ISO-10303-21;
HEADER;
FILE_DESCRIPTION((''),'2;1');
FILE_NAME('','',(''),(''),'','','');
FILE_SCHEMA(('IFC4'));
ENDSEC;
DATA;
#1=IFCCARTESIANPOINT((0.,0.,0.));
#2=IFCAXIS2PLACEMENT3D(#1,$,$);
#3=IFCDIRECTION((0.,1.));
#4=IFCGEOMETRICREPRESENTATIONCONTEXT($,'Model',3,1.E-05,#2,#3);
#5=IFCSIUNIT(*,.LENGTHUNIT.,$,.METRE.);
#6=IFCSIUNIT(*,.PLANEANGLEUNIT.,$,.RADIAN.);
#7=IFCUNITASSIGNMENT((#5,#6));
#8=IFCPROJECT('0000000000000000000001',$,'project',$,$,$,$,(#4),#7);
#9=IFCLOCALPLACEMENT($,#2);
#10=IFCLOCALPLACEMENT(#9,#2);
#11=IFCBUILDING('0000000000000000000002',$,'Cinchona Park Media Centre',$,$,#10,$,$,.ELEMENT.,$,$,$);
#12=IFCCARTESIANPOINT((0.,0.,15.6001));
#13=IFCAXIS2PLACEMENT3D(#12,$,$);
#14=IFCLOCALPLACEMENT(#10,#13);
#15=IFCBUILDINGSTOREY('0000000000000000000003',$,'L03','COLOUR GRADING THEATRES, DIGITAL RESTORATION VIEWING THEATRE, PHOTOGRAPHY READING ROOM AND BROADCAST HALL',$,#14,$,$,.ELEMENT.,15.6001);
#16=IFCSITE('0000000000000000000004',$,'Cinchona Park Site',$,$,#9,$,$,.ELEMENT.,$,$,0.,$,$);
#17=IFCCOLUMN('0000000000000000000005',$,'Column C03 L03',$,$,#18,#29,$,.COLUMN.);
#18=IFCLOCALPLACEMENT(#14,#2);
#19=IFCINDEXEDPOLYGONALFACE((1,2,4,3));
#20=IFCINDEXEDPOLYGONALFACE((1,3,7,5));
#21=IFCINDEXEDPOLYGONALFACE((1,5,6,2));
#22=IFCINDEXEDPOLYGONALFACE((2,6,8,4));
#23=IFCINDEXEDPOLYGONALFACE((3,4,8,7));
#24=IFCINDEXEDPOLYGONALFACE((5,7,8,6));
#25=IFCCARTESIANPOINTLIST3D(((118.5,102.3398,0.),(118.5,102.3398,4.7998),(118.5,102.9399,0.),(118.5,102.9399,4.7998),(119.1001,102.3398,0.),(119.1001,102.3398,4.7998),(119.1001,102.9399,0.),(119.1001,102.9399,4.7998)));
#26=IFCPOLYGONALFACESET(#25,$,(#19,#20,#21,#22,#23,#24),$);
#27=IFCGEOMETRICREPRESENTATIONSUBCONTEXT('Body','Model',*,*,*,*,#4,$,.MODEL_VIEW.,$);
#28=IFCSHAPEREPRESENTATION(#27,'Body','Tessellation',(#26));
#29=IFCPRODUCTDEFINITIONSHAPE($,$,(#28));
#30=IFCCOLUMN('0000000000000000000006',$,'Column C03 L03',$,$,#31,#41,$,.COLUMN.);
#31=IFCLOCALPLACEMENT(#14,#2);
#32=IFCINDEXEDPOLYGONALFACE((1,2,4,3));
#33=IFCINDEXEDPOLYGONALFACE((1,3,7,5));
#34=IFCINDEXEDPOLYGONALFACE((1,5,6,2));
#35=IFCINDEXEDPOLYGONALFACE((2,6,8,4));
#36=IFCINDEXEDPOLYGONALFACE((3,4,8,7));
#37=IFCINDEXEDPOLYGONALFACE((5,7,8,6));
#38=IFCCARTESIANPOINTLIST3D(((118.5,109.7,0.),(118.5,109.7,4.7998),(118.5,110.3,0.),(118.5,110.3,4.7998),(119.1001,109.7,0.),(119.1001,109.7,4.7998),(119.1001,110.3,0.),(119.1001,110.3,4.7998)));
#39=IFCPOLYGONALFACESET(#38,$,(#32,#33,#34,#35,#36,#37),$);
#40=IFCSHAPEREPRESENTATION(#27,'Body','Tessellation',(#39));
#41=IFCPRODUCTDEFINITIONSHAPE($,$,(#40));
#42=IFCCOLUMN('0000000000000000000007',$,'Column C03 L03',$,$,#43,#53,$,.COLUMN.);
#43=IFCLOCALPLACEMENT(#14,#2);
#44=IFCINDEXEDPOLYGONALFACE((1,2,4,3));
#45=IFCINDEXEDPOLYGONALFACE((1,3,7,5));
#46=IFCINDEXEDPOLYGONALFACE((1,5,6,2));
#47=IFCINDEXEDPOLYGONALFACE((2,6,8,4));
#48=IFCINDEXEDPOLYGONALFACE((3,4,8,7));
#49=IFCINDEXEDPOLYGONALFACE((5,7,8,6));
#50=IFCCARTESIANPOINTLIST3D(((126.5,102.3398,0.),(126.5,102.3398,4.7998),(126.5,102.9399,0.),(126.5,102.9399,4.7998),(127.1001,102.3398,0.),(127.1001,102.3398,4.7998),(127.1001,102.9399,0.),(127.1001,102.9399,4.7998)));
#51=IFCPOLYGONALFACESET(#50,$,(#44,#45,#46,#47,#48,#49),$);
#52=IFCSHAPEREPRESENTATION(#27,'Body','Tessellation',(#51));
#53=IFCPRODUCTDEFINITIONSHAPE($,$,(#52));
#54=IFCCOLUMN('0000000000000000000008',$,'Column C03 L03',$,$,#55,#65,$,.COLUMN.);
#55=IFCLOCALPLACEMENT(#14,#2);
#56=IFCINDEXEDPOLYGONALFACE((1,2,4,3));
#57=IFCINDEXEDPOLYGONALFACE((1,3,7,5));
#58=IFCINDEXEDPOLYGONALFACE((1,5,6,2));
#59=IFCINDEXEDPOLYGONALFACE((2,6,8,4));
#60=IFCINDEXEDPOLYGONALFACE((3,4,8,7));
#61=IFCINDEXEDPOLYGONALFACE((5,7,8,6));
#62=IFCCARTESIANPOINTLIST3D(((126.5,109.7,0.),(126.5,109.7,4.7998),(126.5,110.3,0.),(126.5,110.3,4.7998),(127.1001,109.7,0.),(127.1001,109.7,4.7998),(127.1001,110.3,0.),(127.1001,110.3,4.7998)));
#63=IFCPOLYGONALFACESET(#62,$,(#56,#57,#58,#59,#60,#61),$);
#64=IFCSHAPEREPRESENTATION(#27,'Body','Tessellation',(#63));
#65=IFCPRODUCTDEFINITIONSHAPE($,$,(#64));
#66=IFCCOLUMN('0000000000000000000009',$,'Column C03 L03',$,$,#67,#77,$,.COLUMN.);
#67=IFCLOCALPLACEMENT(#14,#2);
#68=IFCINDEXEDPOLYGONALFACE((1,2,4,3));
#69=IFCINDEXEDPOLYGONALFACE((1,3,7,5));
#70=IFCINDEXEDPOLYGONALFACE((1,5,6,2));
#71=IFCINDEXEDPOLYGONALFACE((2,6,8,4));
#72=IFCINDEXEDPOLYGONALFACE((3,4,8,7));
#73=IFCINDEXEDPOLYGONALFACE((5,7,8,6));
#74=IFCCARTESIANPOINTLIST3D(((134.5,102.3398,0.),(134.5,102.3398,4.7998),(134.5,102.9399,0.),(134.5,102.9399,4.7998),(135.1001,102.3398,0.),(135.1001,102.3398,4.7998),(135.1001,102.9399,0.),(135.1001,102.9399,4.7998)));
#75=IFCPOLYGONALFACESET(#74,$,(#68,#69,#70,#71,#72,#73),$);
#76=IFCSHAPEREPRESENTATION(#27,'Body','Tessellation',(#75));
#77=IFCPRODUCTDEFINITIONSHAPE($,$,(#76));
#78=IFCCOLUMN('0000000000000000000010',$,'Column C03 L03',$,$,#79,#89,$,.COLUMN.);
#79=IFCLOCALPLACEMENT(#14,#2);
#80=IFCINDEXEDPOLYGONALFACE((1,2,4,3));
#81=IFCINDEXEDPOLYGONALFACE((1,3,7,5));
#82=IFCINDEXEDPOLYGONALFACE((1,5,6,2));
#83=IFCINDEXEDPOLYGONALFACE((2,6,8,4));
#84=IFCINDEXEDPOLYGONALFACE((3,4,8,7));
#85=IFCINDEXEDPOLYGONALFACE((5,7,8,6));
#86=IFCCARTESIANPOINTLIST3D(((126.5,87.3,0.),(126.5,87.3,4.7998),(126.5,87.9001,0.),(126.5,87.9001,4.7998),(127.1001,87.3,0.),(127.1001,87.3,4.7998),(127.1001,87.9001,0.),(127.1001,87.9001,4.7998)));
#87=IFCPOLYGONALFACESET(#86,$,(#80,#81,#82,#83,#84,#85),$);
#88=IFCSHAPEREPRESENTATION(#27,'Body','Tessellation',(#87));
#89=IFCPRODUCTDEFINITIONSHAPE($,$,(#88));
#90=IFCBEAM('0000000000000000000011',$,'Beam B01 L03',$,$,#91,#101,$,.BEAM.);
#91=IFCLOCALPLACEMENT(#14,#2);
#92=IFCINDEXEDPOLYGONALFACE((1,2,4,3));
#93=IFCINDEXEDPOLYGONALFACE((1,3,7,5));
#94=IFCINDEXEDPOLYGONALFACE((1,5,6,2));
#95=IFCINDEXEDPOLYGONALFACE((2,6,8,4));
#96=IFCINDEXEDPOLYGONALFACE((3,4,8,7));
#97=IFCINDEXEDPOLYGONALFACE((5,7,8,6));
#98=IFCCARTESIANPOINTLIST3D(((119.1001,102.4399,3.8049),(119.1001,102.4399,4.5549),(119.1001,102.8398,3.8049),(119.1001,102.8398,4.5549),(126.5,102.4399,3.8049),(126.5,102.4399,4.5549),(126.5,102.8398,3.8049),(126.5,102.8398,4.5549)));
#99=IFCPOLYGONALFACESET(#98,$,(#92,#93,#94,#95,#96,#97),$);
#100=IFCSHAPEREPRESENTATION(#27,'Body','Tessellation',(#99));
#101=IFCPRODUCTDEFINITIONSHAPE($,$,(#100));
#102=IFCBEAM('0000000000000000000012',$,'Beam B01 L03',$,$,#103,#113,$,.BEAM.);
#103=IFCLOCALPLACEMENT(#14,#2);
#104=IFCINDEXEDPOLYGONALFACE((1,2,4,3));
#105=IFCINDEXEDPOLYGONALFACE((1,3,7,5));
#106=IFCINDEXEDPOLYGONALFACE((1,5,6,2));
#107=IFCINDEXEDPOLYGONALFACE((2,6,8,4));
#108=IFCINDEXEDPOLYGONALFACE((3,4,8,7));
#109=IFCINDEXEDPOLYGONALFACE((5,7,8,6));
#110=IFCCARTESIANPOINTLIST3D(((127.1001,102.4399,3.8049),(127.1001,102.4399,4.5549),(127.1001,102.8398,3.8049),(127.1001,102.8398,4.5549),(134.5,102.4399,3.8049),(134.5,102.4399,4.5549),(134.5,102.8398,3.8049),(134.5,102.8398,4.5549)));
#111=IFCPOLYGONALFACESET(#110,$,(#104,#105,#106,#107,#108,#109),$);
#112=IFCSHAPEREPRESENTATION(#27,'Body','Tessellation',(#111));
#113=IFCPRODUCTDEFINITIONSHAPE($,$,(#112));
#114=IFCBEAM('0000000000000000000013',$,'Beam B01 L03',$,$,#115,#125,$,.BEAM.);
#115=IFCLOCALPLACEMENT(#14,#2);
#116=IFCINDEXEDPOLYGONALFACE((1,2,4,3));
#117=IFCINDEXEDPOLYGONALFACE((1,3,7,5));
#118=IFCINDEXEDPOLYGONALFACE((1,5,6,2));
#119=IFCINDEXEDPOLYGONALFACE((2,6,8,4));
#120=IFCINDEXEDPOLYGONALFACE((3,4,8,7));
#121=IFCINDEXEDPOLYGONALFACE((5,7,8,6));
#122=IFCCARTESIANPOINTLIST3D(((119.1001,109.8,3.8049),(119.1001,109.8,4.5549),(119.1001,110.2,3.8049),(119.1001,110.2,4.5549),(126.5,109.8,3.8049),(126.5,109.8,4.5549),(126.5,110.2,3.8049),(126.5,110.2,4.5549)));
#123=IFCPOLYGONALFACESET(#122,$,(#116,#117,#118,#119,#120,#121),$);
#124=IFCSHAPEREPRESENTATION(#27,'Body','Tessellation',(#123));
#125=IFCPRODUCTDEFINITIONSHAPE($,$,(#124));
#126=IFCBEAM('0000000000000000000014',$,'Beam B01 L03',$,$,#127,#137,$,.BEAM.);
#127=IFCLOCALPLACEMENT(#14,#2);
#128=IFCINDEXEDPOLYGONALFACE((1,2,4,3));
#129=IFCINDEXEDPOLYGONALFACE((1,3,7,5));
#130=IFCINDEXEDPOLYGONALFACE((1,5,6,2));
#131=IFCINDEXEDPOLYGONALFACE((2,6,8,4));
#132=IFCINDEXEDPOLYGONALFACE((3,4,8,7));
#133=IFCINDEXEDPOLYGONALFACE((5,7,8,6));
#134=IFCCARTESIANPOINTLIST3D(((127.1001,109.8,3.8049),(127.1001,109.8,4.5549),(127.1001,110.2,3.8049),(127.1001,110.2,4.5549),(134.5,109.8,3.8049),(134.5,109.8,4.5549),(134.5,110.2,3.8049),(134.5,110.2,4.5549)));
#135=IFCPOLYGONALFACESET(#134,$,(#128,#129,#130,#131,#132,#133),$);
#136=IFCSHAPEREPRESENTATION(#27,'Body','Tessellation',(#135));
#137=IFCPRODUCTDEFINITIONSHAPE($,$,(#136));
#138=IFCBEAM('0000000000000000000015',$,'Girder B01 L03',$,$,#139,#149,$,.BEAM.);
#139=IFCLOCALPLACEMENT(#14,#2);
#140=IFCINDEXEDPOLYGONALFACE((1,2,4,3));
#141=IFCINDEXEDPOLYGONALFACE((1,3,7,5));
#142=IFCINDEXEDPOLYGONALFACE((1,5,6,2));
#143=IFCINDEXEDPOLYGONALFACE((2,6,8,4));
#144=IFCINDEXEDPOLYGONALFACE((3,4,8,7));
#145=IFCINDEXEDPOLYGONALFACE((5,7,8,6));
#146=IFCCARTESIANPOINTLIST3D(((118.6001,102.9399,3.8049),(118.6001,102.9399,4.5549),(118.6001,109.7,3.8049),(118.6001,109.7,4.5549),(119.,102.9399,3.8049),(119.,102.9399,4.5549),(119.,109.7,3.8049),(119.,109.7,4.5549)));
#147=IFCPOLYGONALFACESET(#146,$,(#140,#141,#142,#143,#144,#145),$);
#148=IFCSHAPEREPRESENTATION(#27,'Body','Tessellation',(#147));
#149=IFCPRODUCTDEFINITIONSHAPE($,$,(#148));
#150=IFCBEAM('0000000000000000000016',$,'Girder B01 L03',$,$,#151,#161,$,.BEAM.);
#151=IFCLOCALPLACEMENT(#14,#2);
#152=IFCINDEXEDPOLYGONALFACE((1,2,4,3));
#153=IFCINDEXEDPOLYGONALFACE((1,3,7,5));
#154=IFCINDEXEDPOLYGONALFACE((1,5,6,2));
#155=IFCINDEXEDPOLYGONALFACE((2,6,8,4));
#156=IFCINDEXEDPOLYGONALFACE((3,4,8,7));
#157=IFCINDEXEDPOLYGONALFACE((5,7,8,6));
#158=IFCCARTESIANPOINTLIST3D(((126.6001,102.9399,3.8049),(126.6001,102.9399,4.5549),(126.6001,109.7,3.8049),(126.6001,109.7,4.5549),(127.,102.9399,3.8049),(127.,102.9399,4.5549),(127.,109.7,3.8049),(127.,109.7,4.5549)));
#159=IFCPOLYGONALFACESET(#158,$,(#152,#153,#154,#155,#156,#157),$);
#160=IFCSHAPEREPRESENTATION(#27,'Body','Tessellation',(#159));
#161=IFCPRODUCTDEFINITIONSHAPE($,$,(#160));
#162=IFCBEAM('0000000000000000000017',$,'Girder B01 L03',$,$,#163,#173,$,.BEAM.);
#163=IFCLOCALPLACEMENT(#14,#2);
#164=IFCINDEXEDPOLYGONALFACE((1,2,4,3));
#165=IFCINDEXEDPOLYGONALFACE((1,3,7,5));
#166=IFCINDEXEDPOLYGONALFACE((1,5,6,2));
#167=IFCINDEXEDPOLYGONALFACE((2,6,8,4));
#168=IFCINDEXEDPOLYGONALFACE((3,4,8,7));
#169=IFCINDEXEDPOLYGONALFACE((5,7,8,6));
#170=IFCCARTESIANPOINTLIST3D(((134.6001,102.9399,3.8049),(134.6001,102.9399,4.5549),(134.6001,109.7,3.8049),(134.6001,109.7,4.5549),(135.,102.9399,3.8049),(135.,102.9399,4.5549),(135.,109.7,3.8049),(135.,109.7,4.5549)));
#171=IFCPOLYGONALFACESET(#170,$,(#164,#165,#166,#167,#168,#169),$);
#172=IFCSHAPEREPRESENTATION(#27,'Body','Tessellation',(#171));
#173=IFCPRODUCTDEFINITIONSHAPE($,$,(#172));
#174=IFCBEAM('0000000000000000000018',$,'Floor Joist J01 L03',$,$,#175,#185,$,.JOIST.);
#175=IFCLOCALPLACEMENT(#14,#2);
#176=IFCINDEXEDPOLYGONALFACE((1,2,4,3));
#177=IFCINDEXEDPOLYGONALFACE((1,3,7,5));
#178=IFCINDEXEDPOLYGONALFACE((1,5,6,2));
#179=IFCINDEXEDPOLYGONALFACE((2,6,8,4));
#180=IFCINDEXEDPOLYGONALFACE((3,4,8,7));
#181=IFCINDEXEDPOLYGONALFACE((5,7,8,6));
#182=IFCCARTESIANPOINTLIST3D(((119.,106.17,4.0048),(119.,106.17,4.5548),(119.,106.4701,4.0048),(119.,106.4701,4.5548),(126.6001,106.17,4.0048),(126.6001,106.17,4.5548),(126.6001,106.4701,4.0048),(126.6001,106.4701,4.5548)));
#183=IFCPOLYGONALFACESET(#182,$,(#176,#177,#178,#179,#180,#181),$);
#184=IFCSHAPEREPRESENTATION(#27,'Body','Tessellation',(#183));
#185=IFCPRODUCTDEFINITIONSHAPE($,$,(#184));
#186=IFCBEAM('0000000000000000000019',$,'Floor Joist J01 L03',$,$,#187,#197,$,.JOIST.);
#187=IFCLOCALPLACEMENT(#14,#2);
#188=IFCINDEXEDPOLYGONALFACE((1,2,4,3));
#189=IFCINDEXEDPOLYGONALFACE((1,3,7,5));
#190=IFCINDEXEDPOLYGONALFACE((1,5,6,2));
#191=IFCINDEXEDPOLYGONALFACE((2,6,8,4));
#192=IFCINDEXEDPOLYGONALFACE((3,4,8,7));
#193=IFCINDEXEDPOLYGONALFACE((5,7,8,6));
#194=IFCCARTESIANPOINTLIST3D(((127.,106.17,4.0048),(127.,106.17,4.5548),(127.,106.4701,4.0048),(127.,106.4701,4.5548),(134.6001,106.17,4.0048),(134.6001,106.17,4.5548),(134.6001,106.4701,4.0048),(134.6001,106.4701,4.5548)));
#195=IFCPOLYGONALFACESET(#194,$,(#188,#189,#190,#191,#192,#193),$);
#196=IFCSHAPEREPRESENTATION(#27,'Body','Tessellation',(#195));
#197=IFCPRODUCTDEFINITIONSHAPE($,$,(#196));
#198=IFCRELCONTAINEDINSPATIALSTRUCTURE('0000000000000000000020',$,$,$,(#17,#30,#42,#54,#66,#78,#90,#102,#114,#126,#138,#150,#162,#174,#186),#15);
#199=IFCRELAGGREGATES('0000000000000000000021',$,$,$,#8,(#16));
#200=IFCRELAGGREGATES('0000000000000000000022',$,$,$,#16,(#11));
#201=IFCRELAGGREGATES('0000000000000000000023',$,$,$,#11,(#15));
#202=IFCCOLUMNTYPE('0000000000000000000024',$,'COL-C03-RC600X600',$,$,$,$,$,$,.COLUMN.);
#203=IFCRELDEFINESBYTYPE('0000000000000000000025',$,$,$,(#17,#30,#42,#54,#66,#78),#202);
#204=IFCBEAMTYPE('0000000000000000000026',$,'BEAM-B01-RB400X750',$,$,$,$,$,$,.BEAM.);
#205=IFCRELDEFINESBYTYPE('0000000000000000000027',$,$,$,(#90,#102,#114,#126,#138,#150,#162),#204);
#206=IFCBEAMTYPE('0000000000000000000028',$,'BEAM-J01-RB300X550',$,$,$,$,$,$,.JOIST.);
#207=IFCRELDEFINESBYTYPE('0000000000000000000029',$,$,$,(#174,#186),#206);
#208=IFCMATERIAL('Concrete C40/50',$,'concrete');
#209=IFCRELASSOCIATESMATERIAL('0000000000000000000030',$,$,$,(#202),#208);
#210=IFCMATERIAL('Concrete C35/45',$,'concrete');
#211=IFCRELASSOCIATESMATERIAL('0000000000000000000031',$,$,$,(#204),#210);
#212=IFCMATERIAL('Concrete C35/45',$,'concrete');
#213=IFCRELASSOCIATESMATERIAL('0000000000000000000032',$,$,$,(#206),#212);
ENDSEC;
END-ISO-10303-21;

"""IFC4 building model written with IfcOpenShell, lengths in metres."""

from ifc_helpers import new_model, si_unit, direction, frame, origin, origin_2d, place, context, subcontext, project, spatial, rectangle, extrude, material, material_profile, profile_set, type_object, element, save


model = new_model("IFC4")

# Units and contexts
model_context = context("Model", 3, precision=1e-05, world=origin(), true_north=direction((0.0, 1.0)))
body_context = subcontext(model_context, "Body", "Model", "MODEL_VIEW")
ifc_project = project(units=[si_unit("LENGTHUNIT", "METRE"), si_unit("PLANEANGLEUNIT", "RADIAN")], contexts=[model_context])

# Site, building, storey
site_placement = place(None, origin())
site = spatial("IfcSite", under=ifc_project, at=site_placement, Name="Cinchona Park Site", CompositionType="ELEMENT", RefElevation=0.0)
building_placement = place(site_placement, origin())
building = spatial("IfcBuilding", under=site, at=building_placement, Name="Cinchona Park Media Centre", CompositionType="ELEMENT")
storey_placement = place(building_placement, frame((0.0, 0.0, 15.6001)))
storey = spatial("IfcBuildingStorey", under=building, at=storey_placement, Name="L03", Description="COLOUR GRADING THEATRES, DIGITAL RESTORATION VIEWING THEATRE, PHOTOGRAPHY READING ROOM AND BROADCAST HALL", CompositionType="ELEMENT", Elevation=15.6001)

# Columns
ifc_material_1 = material(Name="Concrete C40/50", Category="concrete")
ifc_material_profile_1 = material_profile(ifc_material_1, rectangle(XDim=0.6001, YDim=0.6001, at=origin_2d()), Name="RC 600X600")
ifc_profile_set_1 = profile_set([ifc_material_profile_1], Name="Concrete C40/50")
column_type = type_object("IfcColumnType", Name="COL-C03-RC600X600", PredefinedType="COLUMN", material=ifc_profile_set_1)
for number, where, z_axis, x_axis, name in (
    (1, (118.8, 102.6399, 0.0), (0.0, 0.0, 1.0), (1.0, 0.0, 0.0), "Column C03 L03"),
    (2, (118.8, 110.0, 0.0), (0.0, 0.0, 1.0), (1.0, 0.0, 0.0), "Column C03 L03"),
    (3, (126.8, 102.6399, 0.0), (0.0, 0.0, 1.0), (1.0, 0.0, 0.0), "Column C03 L03"),
    (4, (126.8, 110.0, 0.0), (0.0, 0.0, 1.0), (1.0, 0.0, 0.0), "Column C03 L03"),
    (5, (134.8, 102.6399, 0.0), (0.0, 0.0, 1.0), (1.0, 0.0, 0.0), "Column C03 L03"),
    (6, (126.8, 87.6001, 0.0), (0.0, 0.0, 1.0), (1.0, 0.0, 0.0), "Column C03 L03"),
):
    element("IfcColumn", number, at=place(storey_placement, frame(where, z_axis=z_axis, x_axis=x_axis)), inside=storey, type_object=column_type, Name=name, PredefinedType="COLUMN", context=body_context, shape_type="SweptSolid", body=[
        extrude(rectangle(XDim=0.6001, YDim=0.6001, at=origin_2d()), origin(), (0.0, 0.0, 1.0), 4.7998),
    ])

# Beams
ifc_material_2 = material(Name="Concrete C35/45", Category="concrete")
ifc_material_profile_2 = material_profile(ifc_material_2, rectangle(XDim=0.3999, YDim=0.75, at=origin_2d()), Name="RB 400X750")
ifc_profile_set_2 = profile_set([ifc_material_profile_2], Name="Concrete C35/45")
beam_type_1 = type_object("IfcBeamType", Name="BEAM-B01-RB400X750", PredefinedType="BEAM", material=ifc_profile_set_2)
for number, where, z_axis, x_axis, name in (
    (7, (119.1001, 102.6399, 4.1799), (1.0, 0.0, 0.0), (0.0, 1.0, 0.0), "Beam B01 L03"),
    (8, (127.1001, 102.6399, 4.1799), (1.0, 0.0, 0.0), (0.0, 1.0, 0.0), "Beam B01 L03"),
    (9, (119.1001, 110.0, 4.1799), (1.0, 0.0, 0.0), (0.0, 1.0, 0.0), "Beam B01 L03"),
    (10, (127.1001, 110.0, 4.1799), (1.0, 0.0, 0.0), (0.0, 1.0, 0.0), "Beam B01 L03"),
):
    element("IfcBeam", number, at=place(storey_placement, frame(where, z_axis=z_axis, x_axis=x_axis)), inside=storey, type_object=beam_type_1, Name=name, PredefinedType="BEAM", context=body_context, shape_type="SweptSolid", body=[
        extrude(rectangle(XDim=0.3999, YDim=0.75, at=origin_2d()), origin(), (0.0, 0.0, 1.0), 7.3999),
    ])
for number, where, z_axis, x_axis, name in (
    (11, (118.8, 102.9399, 4.1799), (0.0, 1.0, 0.0), (-1.0, 0.0, 0.0), "Girder B01 L03"),
    (12, (126.8, 102.9399, 4.1799), (0.0, 1.0, 0.0), (-1.0, 0.0, 0.0), "Girder B01 L03"),
    (13, (134.8, 102.9399, 4.1799), (0.0, 1.0, 0.0), (-1.0, 0.0, 0.0), "Girder B01 L03"),
):
    element("IfcBeam", number, at=place(storey_placement, frame(where, z_axis=z_axis, x_axis=x_axis)), inside=storey, type_object=beam_type_1, Name=name, PredefinedType="BEAM", context=body_context, shape_type="SweptSolid", body=[
        extrude(rectangle(XDim=0.3999, YDim=0.75, at=origin_2d()), origin(), (0.0, 0.0, 1.0), 6.76),
    ])
ifc_material_3 = material(Name="Concrete C35/45", Category="concrete")
ifc_material_profile_3 = material_profile(ifc_material_3, rectangle(XDim=0.3, YDim=0.55, at=origin_2d()), Name="RB 300X550")
ifc_profile_set_3 = profile_set([ifc_material_profile_3], Name="Concrete C35/45")
beam_type_2 = type_object("IfcBeamType", Name="BEAM-J01-RB300X550", PredefinedType="JOIST", material=ifc_profile_set_3)
for number, where, z_axis, x_axis, name in (
    (14, (119.0, 106.3201, 4.2798), (1.0, 0.0, 0.0), (0.0, 1.0, 0.0), "Floor Joist J01 L03"),
    (15, (127.0, 106.3201, 4.2798), (1.0, 0.0, 0.0), (0.0, 1.0, 0.0), "Floor Joist J01 L03"),
):
    element("IfcBeam", number, at=place(storey_placement, frame(where, z_axis=z_axis, x_axis=x_axis)), inside=storey, type_object=beam_type_2, Name=name, PredefinedType="JOIST", context=body_context, shape_type="SweptSolid", body=[
        extrude(rectangle(XDim=0.3, YDim=0.55, at=origin_2d()), origin(), (0.0, 0.0, 1.0), 7.6001),
    ])

save(model, "model.ifc")
